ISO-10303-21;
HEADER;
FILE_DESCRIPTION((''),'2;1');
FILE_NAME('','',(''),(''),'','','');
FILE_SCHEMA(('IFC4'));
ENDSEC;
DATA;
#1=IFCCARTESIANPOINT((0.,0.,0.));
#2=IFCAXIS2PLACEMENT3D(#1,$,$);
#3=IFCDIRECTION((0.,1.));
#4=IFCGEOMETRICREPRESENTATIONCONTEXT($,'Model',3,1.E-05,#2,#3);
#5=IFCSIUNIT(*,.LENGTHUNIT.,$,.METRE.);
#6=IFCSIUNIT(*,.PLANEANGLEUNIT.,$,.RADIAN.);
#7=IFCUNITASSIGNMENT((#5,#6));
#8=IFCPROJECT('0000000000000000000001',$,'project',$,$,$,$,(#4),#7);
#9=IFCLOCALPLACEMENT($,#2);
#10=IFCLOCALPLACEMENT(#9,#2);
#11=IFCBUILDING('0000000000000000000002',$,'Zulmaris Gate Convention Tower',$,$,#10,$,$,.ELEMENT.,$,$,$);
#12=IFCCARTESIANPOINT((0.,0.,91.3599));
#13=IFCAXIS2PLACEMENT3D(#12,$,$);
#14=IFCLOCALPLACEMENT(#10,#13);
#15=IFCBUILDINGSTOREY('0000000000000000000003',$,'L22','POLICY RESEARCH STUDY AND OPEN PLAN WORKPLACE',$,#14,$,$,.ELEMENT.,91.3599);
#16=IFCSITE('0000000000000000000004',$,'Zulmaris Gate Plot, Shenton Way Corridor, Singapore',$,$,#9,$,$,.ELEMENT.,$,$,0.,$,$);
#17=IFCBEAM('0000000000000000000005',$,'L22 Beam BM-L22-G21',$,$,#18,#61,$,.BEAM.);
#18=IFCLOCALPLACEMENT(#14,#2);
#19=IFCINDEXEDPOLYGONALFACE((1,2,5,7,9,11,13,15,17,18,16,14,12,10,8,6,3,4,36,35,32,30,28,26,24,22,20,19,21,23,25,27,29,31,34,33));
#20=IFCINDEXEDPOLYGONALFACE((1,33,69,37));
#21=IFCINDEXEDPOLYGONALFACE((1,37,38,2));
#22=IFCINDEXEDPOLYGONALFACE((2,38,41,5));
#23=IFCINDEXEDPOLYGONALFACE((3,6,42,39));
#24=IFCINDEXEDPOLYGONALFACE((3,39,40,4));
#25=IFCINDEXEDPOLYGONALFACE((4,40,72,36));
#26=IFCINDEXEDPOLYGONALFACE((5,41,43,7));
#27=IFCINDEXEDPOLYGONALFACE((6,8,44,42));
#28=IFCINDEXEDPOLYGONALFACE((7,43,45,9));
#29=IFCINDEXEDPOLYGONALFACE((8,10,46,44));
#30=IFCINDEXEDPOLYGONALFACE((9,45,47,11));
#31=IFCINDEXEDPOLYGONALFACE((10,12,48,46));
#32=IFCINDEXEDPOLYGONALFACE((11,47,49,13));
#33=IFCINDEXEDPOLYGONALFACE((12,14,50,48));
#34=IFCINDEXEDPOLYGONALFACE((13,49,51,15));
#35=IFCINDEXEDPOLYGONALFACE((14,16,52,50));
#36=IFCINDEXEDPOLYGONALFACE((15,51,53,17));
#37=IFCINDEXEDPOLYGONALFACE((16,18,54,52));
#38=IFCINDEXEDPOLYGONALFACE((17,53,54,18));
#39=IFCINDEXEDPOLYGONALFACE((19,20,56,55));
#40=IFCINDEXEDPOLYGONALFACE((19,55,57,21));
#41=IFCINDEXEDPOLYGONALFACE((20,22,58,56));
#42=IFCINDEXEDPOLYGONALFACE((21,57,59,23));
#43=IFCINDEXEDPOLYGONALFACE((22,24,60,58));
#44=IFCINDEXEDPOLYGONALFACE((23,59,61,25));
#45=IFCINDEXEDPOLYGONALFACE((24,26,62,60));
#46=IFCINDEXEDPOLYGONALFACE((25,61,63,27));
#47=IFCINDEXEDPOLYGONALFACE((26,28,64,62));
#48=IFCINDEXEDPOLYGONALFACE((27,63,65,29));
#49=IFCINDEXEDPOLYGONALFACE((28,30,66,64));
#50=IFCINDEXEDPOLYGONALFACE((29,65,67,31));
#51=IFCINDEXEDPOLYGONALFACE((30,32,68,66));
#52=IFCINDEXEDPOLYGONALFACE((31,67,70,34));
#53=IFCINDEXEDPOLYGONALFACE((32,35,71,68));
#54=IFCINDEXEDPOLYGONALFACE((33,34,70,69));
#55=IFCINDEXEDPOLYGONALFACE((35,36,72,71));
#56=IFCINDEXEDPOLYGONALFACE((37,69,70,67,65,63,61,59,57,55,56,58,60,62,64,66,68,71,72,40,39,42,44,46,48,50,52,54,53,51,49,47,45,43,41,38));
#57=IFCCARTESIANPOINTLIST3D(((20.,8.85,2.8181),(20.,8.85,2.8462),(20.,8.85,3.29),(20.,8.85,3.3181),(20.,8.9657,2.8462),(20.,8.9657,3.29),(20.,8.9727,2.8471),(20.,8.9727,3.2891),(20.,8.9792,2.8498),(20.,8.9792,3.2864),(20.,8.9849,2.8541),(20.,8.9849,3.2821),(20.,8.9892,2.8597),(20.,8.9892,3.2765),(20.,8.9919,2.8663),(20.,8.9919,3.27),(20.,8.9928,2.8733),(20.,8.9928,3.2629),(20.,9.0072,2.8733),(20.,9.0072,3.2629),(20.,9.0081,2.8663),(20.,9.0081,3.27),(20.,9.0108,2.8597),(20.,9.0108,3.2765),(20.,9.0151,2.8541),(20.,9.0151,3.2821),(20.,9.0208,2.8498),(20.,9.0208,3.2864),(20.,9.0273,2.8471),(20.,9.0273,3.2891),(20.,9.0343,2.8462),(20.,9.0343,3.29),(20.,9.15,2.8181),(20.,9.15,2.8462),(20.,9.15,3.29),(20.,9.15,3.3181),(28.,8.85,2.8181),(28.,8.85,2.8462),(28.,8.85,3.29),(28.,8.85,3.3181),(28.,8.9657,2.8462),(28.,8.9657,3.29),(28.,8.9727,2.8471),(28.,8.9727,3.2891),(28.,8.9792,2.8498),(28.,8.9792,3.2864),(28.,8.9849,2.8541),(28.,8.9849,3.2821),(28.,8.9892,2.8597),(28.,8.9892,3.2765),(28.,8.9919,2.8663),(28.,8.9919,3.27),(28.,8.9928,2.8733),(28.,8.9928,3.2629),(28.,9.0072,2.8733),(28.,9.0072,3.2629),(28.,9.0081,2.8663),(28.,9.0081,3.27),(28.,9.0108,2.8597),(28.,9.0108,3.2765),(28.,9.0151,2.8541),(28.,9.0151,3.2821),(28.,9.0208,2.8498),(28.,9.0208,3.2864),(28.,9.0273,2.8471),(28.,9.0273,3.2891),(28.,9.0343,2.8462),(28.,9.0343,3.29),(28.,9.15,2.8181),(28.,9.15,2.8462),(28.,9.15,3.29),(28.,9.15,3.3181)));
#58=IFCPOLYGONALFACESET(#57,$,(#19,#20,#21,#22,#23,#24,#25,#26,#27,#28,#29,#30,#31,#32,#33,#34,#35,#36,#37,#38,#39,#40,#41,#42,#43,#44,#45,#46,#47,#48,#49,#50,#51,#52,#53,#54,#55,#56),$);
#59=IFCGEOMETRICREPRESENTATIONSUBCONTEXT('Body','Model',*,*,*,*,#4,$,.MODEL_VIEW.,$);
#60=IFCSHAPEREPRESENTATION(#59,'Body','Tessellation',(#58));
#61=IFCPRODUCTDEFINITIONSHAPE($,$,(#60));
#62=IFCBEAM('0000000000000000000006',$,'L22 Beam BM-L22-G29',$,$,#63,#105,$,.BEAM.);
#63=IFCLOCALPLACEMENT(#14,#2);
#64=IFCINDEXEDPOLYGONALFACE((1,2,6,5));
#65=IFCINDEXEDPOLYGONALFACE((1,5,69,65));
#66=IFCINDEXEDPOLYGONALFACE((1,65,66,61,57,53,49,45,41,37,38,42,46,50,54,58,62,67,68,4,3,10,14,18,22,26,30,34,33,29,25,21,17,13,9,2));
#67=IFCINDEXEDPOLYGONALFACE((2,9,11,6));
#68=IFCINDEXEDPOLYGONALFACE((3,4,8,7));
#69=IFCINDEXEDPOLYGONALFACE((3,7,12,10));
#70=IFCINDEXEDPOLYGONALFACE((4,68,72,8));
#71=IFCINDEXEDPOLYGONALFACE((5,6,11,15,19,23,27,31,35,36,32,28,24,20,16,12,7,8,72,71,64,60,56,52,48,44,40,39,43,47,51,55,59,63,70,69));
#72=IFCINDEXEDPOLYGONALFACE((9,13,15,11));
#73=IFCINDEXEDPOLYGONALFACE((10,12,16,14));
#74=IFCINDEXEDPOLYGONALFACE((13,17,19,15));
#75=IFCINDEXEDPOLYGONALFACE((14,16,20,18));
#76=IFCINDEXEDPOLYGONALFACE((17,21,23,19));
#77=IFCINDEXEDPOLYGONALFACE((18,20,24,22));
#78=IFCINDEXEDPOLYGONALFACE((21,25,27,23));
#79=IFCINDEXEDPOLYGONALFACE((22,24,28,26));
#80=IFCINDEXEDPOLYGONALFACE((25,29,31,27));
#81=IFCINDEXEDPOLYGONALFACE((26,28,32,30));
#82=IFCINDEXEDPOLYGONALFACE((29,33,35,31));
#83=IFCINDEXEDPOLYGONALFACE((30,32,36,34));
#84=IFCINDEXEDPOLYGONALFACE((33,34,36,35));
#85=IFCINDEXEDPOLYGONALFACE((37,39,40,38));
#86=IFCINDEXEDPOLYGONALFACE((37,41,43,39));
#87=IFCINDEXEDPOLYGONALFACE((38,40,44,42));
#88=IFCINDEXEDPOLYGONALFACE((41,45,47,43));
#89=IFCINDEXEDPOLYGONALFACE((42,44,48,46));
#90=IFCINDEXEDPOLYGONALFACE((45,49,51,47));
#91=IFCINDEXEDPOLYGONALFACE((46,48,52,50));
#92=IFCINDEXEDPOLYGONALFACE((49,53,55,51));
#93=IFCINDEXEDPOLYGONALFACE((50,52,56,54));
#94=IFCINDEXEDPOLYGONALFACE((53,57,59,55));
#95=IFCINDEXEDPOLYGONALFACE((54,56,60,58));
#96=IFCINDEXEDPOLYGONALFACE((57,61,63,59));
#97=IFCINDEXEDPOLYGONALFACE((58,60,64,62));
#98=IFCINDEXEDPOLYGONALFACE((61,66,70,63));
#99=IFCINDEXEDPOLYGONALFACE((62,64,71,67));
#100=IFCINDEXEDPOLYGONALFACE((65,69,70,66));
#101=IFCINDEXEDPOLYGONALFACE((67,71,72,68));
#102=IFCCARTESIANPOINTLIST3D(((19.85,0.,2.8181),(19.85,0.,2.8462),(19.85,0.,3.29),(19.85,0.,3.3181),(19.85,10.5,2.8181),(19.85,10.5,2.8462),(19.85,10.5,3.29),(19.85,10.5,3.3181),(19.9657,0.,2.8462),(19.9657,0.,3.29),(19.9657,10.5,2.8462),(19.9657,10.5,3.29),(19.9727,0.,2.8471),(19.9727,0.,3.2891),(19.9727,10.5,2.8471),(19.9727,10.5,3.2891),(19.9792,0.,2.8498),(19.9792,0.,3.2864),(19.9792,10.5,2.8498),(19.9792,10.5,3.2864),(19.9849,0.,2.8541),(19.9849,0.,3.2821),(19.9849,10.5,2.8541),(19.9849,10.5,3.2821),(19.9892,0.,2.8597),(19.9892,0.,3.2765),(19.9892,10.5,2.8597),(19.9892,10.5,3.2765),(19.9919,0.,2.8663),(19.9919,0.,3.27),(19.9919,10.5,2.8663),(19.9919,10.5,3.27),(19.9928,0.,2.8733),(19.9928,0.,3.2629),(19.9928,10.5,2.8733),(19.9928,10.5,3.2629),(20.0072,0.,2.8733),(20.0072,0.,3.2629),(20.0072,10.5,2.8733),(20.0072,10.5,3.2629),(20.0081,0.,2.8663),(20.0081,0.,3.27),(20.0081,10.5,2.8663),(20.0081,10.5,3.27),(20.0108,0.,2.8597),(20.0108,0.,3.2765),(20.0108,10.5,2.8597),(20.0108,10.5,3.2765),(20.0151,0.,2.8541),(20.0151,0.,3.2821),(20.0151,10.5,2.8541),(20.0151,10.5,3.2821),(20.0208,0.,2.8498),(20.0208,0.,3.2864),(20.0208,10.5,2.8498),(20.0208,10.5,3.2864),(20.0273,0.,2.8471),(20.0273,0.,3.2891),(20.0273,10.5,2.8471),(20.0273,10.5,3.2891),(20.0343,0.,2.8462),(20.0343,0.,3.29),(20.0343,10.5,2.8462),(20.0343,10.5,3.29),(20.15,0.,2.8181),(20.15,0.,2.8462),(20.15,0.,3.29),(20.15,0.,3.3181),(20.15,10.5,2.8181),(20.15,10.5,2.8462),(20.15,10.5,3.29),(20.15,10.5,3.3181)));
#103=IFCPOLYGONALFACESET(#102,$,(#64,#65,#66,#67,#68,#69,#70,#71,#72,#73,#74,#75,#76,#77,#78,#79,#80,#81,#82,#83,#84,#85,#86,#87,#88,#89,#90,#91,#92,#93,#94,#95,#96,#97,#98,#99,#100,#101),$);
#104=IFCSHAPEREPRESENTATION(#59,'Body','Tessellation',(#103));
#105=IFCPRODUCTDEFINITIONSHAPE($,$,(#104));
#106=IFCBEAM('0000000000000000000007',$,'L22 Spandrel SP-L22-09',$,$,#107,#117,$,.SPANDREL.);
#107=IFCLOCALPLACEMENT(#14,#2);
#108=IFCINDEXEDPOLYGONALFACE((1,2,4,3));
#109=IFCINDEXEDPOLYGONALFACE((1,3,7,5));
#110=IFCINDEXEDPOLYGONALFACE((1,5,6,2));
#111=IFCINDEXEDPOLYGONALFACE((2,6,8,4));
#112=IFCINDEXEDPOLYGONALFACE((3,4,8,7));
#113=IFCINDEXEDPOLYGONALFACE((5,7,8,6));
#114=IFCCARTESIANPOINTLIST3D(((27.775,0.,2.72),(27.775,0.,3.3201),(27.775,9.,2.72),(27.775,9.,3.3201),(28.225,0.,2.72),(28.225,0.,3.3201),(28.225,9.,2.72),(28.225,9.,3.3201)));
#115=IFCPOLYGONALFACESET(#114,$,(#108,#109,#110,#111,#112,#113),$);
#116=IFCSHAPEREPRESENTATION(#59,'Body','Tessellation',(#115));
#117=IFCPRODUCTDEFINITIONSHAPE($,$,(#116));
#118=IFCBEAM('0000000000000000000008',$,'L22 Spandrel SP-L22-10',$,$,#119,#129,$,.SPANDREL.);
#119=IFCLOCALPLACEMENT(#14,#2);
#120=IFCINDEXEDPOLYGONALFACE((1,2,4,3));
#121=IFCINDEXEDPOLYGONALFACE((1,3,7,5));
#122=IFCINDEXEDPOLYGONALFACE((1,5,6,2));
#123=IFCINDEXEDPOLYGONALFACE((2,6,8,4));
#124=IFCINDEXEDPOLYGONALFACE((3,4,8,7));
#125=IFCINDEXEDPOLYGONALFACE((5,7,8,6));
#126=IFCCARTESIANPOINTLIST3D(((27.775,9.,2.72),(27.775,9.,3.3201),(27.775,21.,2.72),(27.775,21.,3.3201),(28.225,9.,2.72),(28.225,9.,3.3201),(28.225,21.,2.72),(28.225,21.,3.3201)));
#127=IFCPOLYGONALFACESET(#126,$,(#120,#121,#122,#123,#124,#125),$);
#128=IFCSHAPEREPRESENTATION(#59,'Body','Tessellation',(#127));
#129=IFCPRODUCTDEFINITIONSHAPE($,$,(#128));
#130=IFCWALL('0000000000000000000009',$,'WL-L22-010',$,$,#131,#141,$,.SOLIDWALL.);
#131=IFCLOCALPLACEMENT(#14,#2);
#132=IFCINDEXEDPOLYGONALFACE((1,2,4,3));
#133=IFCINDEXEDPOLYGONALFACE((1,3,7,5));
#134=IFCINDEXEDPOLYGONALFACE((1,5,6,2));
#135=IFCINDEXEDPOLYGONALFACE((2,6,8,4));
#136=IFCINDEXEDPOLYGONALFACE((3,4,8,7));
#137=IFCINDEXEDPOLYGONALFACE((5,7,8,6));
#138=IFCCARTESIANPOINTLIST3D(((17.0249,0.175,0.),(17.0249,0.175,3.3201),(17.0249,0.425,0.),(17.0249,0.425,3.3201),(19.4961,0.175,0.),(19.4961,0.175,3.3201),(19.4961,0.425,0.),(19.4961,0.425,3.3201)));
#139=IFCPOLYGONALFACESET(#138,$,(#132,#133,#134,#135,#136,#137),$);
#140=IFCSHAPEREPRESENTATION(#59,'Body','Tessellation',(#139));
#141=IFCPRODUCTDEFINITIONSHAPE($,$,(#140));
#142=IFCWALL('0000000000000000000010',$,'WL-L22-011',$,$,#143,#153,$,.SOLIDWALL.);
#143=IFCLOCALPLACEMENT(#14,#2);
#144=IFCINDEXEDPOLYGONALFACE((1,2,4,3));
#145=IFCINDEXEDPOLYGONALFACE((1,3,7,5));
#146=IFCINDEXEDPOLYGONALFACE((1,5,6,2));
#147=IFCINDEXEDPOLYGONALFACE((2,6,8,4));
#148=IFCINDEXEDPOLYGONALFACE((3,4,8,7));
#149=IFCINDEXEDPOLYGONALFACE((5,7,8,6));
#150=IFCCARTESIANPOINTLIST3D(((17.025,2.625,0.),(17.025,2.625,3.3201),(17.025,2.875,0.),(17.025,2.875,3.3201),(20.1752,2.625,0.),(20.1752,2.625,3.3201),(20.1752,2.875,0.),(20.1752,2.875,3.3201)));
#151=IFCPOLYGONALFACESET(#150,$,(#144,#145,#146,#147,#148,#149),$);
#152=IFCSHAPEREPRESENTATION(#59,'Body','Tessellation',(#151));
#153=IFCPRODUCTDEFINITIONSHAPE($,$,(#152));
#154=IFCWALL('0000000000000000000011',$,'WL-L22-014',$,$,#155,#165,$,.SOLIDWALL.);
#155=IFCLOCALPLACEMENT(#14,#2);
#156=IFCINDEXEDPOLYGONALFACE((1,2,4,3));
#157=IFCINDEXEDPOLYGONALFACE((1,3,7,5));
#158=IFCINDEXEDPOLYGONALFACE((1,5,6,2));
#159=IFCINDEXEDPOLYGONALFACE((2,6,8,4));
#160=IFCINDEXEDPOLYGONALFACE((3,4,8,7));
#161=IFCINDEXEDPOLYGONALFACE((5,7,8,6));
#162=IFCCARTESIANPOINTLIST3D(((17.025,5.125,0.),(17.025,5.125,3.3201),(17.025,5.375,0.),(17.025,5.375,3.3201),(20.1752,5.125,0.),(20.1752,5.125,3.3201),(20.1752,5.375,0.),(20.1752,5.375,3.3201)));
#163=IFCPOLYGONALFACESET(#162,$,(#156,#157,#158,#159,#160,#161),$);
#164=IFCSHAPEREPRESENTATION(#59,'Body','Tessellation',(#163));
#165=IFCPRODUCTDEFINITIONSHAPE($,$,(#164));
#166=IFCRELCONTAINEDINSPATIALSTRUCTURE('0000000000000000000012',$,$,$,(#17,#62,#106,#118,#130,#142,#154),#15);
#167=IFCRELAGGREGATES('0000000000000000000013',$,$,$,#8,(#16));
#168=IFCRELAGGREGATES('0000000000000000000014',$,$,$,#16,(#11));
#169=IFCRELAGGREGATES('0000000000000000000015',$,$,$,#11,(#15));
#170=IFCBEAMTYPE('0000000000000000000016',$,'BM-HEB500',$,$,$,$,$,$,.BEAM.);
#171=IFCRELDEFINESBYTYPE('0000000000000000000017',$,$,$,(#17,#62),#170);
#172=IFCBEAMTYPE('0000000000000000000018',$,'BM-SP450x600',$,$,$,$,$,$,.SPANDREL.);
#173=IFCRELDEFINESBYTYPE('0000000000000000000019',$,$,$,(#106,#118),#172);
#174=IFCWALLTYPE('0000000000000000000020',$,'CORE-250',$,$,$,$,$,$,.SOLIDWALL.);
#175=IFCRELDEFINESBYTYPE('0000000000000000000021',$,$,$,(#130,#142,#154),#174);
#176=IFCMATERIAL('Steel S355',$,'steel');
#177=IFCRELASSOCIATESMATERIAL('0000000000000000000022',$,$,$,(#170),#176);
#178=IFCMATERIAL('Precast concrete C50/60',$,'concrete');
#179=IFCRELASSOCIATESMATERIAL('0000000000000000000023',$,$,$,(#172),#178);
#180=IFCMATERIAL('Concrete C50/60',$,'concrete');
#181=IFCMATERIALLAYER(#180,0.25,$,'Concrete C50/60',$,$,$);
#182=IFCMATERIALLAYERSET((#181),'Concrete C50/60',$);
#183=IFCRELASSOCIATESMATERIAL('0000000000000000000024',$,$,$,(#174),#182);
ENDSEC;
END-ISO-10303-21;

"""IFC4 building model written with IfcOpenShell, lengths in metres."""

from ifc_helpers import new_model, si_unit, direction, frame, frame_2d, origin, origin_2d, place, context, subcontext, project, spatial, rectangle, i_section, extrude, material, layer, layer_set, material_profile, profile_set, type_object, element, save


model = new_model("IFC4")

# Units and contexts
model_context = context("Model", 3, precision=1e-05, world=origin(), true_north=direction((0.0, 1.0)))
body_context = subcontext(model_context, "Body", "Model", "MODEL_VIEW")
ifc_project = project(units=[si_unit("LENGTHUNIT", "METRE"), si_unit("PLANEANGLEUNIT", "RADIAN")], contexts=[model_context])

# Site, building, storey
site_placement = place(None, origin())
site = spatial("IfcSite", under=ifc_project, at=site_placement, Name="Zulmaris Gate Plot, Shenton Way Corridor, Singapore", CompositionType="ELEMENT", RefElevation=0.0)
building_placement = place(site_placement, origin())
building = spatial("IfcBuilding", under=site, at=building_placement, Name="Zulmaris Gate Convention Tower", CompositionType="ELEMENT")
storey_placement = place(building_placement, frame((0.0, 0.0, 91.3599)))
storey = spatial("IfcBuildingStorey", under=building, at=storey_placement, Name="L22", Description="POLICY RESEARCH STUDY AND OPEN PLAN WORKPLACE", CompositionType="ELEMENT", Elevation=91.3599)

# Beams
ifc_material_1 = material(Name="Steel S355", Category="steel")
ifc_material_profile_1 = material_profile(ifc_material_1, i_section(OverallWidth=0.3, OverallDepth=0.5, WebThickness=0.0144, FlangeThickness=0.0281, FilletRadius=0.0271, at=origin_2d()), Name="HEB 500")
ifc_profile_set_1 = profile_set([ifc_material_profile_1], Name="Steel S355")
beam_type_1 = type_object("IfcBeamType", Name="BM-HEB500", PredefinedType="BEAM", material=ifc_profile_set_1)
for number, where, z_axis, x_axis, name in (
    (1, (20.0, 9.0, 3.0681), (1.0, 0.0, 0.0), (0.0, 1.0, 0.0), "L22 Beam BM-L22-G21"),
):
    element("IfcBeam", number, at=place(storey_placement, frame(where, z_axis=z_axis, x_axis=x_axis)), inside=storey, type_object=beam_type_1, Name=name, PredefinedType="BEAM", context=body_context, shape_type="SweptSolid", body=[
        extrude(i_section(OverallWidth=0.3, OverallDepth=0.5, WebThickness=0.0144, FlangeThickness=0.0281, FilletRadius=0.0271, at=origin_2d()), origin(), (0.0, 0.0, 1.0), 8.0),
    ])
beam_1_placement = place(storey_placement, frame((20.0, 0.0, 3.0681), z_axis=(0.0, 1.0, 0.0), x_axis=(-1.0, 0.0, 0.0)))
element("IfcBeam", 2, at=beam_1_placement, inside=storey, type_object=beam_type_1, Name="L22 Beam BM-L22-G29", PredefinedType="BEAM", context=body_context, shape_type="SweptSolid", body=[
    extrude(i_section(OverallWidth=0.3, OverallDepth=0.5, WebThickness=0.0144, FlangeThickness=0.0281, FilletRadius=0.0271, at=origin_2d()), origin(), (0.0, 0.0, 1.0), 10.5),
])
ifc_material_2 = material(Name="Precast concrete C50/60", Category="concrete")
ifc_material_profile_2 = material_profile(ifc_material_2, rectangle(XDim=0.45, YDim=0.6001, at=origin_2d()), Name="RC SPANDREL 450x600")
ifc_profile_set_2 = profile_set([ifc_material_profile_2], Name="Precast concrete C50/60")
beam_type_2 = type_object("IfcBeamType", Name="BM-SP450x600", PredefinedType="SPANDREL", material=ifc_profile_set_2)
beam_2_placement = place(storey_placement, frame((28.0, 0.0, 3.02), z_axis=(0.0, 1.0, 0.0), x_axis=(-1.0, 0.0, 0.0)))
element("IfcBeam", 3, at=beam_2_placement, inside=storey, type_object=beam_type_2, Name="L22 Spandrel SP-L22-09", PredefinedType="SPANDREL", context=body_context, shape_type="SweptSolid", body=[
    extrude(rectangle(XDim=0.45, YDim=0.6001, at=origin_2d()), origin(), (0.0, 0.0, 1.0), 9.0),
])
beam_3_placement = place(storey_placement, frame((28.0, 9.0, 3.02), z_axis=(0.0, 1.0, 0.0), x_axis=(-1.0, 0.0, 0.0)))
element("IfcBeam", 4, at=beam_3_placement, inside=storey, type_object=beam_type_2, Name="L22 Spandrel SP-L22-10", PredefinedType="SPANDREL", context=body_context, shape_type="SweptSolid", body=[
    extrude(rectangle(XDim=0.45, YDim=0.6001, at=origin_2d()), origin(), (0.0, 0.0, 1.0), 12.0),
])

# Walls
ifc_material_3 = material(Name="Concrete C50/60", Category="concrete")
ifc_layer_1 = layer(ifc_material_3, 0.25, Name="Concrete C50/60")
ifc_layer_set_1 = layer_set([ifc_layer_1], Name="Concrete C50/60")
wall_type_1 = type_object("IfcWallType", Name="CORE-250", PredefinedType="SOLIDWALL", material=ifc_layer_set_1)
wall_1_placement = place(storey_placement, frame((17.0249, 0.3, 0.0), z_axis=(0.0, 0.0, 1.0), x_axis=(1.0, 0.0, 0.0)))
element("IfcWall", 5, at=wall_1_placement, inside=storey, type_object=wall_type_1, Name="WL-L22-010", PredefinedType="SOLIDWALL", context=body_context, shape_type="SweptSolid", body=[
    extrude(rectangle(XDim=2.4712, YDim=0.25, at=frame_2d((1.2356, 0.0))), origin(), (0.0, 0.0, 1.0), 3.3201),
])
for number, where, z_axis, x_axis, name in (
    (6, (17.0249, 2.75, 0.0), (0.0, 0.0, 1.0), (1.0, 0.0, 0.0), "WL-L22-011"),
    (7, (17.0249, 5.25, 0.0), (0.0, 0.0, 1.0), (1.0, 0.0, 0.0), "WL-L22-014"),
):
    element("IfcWall", number, at=place(storey_placement, frame(where, z_axis=z_axis, x_axis=x_axis)), inside=storey, type_object=wall_type_1, Name=name, PredefinedType="SOLIDWALL", context=body_context, shape_type="SweptSolid", body=[
        extrude(rectangle(XDim=3.1501, YDim=0.25, at=frame_2d((1.5752, 0.0))), origin(), (0.0, 0.0, 1.0), 3.3201),
    ])

save(model, "model.ifc")
